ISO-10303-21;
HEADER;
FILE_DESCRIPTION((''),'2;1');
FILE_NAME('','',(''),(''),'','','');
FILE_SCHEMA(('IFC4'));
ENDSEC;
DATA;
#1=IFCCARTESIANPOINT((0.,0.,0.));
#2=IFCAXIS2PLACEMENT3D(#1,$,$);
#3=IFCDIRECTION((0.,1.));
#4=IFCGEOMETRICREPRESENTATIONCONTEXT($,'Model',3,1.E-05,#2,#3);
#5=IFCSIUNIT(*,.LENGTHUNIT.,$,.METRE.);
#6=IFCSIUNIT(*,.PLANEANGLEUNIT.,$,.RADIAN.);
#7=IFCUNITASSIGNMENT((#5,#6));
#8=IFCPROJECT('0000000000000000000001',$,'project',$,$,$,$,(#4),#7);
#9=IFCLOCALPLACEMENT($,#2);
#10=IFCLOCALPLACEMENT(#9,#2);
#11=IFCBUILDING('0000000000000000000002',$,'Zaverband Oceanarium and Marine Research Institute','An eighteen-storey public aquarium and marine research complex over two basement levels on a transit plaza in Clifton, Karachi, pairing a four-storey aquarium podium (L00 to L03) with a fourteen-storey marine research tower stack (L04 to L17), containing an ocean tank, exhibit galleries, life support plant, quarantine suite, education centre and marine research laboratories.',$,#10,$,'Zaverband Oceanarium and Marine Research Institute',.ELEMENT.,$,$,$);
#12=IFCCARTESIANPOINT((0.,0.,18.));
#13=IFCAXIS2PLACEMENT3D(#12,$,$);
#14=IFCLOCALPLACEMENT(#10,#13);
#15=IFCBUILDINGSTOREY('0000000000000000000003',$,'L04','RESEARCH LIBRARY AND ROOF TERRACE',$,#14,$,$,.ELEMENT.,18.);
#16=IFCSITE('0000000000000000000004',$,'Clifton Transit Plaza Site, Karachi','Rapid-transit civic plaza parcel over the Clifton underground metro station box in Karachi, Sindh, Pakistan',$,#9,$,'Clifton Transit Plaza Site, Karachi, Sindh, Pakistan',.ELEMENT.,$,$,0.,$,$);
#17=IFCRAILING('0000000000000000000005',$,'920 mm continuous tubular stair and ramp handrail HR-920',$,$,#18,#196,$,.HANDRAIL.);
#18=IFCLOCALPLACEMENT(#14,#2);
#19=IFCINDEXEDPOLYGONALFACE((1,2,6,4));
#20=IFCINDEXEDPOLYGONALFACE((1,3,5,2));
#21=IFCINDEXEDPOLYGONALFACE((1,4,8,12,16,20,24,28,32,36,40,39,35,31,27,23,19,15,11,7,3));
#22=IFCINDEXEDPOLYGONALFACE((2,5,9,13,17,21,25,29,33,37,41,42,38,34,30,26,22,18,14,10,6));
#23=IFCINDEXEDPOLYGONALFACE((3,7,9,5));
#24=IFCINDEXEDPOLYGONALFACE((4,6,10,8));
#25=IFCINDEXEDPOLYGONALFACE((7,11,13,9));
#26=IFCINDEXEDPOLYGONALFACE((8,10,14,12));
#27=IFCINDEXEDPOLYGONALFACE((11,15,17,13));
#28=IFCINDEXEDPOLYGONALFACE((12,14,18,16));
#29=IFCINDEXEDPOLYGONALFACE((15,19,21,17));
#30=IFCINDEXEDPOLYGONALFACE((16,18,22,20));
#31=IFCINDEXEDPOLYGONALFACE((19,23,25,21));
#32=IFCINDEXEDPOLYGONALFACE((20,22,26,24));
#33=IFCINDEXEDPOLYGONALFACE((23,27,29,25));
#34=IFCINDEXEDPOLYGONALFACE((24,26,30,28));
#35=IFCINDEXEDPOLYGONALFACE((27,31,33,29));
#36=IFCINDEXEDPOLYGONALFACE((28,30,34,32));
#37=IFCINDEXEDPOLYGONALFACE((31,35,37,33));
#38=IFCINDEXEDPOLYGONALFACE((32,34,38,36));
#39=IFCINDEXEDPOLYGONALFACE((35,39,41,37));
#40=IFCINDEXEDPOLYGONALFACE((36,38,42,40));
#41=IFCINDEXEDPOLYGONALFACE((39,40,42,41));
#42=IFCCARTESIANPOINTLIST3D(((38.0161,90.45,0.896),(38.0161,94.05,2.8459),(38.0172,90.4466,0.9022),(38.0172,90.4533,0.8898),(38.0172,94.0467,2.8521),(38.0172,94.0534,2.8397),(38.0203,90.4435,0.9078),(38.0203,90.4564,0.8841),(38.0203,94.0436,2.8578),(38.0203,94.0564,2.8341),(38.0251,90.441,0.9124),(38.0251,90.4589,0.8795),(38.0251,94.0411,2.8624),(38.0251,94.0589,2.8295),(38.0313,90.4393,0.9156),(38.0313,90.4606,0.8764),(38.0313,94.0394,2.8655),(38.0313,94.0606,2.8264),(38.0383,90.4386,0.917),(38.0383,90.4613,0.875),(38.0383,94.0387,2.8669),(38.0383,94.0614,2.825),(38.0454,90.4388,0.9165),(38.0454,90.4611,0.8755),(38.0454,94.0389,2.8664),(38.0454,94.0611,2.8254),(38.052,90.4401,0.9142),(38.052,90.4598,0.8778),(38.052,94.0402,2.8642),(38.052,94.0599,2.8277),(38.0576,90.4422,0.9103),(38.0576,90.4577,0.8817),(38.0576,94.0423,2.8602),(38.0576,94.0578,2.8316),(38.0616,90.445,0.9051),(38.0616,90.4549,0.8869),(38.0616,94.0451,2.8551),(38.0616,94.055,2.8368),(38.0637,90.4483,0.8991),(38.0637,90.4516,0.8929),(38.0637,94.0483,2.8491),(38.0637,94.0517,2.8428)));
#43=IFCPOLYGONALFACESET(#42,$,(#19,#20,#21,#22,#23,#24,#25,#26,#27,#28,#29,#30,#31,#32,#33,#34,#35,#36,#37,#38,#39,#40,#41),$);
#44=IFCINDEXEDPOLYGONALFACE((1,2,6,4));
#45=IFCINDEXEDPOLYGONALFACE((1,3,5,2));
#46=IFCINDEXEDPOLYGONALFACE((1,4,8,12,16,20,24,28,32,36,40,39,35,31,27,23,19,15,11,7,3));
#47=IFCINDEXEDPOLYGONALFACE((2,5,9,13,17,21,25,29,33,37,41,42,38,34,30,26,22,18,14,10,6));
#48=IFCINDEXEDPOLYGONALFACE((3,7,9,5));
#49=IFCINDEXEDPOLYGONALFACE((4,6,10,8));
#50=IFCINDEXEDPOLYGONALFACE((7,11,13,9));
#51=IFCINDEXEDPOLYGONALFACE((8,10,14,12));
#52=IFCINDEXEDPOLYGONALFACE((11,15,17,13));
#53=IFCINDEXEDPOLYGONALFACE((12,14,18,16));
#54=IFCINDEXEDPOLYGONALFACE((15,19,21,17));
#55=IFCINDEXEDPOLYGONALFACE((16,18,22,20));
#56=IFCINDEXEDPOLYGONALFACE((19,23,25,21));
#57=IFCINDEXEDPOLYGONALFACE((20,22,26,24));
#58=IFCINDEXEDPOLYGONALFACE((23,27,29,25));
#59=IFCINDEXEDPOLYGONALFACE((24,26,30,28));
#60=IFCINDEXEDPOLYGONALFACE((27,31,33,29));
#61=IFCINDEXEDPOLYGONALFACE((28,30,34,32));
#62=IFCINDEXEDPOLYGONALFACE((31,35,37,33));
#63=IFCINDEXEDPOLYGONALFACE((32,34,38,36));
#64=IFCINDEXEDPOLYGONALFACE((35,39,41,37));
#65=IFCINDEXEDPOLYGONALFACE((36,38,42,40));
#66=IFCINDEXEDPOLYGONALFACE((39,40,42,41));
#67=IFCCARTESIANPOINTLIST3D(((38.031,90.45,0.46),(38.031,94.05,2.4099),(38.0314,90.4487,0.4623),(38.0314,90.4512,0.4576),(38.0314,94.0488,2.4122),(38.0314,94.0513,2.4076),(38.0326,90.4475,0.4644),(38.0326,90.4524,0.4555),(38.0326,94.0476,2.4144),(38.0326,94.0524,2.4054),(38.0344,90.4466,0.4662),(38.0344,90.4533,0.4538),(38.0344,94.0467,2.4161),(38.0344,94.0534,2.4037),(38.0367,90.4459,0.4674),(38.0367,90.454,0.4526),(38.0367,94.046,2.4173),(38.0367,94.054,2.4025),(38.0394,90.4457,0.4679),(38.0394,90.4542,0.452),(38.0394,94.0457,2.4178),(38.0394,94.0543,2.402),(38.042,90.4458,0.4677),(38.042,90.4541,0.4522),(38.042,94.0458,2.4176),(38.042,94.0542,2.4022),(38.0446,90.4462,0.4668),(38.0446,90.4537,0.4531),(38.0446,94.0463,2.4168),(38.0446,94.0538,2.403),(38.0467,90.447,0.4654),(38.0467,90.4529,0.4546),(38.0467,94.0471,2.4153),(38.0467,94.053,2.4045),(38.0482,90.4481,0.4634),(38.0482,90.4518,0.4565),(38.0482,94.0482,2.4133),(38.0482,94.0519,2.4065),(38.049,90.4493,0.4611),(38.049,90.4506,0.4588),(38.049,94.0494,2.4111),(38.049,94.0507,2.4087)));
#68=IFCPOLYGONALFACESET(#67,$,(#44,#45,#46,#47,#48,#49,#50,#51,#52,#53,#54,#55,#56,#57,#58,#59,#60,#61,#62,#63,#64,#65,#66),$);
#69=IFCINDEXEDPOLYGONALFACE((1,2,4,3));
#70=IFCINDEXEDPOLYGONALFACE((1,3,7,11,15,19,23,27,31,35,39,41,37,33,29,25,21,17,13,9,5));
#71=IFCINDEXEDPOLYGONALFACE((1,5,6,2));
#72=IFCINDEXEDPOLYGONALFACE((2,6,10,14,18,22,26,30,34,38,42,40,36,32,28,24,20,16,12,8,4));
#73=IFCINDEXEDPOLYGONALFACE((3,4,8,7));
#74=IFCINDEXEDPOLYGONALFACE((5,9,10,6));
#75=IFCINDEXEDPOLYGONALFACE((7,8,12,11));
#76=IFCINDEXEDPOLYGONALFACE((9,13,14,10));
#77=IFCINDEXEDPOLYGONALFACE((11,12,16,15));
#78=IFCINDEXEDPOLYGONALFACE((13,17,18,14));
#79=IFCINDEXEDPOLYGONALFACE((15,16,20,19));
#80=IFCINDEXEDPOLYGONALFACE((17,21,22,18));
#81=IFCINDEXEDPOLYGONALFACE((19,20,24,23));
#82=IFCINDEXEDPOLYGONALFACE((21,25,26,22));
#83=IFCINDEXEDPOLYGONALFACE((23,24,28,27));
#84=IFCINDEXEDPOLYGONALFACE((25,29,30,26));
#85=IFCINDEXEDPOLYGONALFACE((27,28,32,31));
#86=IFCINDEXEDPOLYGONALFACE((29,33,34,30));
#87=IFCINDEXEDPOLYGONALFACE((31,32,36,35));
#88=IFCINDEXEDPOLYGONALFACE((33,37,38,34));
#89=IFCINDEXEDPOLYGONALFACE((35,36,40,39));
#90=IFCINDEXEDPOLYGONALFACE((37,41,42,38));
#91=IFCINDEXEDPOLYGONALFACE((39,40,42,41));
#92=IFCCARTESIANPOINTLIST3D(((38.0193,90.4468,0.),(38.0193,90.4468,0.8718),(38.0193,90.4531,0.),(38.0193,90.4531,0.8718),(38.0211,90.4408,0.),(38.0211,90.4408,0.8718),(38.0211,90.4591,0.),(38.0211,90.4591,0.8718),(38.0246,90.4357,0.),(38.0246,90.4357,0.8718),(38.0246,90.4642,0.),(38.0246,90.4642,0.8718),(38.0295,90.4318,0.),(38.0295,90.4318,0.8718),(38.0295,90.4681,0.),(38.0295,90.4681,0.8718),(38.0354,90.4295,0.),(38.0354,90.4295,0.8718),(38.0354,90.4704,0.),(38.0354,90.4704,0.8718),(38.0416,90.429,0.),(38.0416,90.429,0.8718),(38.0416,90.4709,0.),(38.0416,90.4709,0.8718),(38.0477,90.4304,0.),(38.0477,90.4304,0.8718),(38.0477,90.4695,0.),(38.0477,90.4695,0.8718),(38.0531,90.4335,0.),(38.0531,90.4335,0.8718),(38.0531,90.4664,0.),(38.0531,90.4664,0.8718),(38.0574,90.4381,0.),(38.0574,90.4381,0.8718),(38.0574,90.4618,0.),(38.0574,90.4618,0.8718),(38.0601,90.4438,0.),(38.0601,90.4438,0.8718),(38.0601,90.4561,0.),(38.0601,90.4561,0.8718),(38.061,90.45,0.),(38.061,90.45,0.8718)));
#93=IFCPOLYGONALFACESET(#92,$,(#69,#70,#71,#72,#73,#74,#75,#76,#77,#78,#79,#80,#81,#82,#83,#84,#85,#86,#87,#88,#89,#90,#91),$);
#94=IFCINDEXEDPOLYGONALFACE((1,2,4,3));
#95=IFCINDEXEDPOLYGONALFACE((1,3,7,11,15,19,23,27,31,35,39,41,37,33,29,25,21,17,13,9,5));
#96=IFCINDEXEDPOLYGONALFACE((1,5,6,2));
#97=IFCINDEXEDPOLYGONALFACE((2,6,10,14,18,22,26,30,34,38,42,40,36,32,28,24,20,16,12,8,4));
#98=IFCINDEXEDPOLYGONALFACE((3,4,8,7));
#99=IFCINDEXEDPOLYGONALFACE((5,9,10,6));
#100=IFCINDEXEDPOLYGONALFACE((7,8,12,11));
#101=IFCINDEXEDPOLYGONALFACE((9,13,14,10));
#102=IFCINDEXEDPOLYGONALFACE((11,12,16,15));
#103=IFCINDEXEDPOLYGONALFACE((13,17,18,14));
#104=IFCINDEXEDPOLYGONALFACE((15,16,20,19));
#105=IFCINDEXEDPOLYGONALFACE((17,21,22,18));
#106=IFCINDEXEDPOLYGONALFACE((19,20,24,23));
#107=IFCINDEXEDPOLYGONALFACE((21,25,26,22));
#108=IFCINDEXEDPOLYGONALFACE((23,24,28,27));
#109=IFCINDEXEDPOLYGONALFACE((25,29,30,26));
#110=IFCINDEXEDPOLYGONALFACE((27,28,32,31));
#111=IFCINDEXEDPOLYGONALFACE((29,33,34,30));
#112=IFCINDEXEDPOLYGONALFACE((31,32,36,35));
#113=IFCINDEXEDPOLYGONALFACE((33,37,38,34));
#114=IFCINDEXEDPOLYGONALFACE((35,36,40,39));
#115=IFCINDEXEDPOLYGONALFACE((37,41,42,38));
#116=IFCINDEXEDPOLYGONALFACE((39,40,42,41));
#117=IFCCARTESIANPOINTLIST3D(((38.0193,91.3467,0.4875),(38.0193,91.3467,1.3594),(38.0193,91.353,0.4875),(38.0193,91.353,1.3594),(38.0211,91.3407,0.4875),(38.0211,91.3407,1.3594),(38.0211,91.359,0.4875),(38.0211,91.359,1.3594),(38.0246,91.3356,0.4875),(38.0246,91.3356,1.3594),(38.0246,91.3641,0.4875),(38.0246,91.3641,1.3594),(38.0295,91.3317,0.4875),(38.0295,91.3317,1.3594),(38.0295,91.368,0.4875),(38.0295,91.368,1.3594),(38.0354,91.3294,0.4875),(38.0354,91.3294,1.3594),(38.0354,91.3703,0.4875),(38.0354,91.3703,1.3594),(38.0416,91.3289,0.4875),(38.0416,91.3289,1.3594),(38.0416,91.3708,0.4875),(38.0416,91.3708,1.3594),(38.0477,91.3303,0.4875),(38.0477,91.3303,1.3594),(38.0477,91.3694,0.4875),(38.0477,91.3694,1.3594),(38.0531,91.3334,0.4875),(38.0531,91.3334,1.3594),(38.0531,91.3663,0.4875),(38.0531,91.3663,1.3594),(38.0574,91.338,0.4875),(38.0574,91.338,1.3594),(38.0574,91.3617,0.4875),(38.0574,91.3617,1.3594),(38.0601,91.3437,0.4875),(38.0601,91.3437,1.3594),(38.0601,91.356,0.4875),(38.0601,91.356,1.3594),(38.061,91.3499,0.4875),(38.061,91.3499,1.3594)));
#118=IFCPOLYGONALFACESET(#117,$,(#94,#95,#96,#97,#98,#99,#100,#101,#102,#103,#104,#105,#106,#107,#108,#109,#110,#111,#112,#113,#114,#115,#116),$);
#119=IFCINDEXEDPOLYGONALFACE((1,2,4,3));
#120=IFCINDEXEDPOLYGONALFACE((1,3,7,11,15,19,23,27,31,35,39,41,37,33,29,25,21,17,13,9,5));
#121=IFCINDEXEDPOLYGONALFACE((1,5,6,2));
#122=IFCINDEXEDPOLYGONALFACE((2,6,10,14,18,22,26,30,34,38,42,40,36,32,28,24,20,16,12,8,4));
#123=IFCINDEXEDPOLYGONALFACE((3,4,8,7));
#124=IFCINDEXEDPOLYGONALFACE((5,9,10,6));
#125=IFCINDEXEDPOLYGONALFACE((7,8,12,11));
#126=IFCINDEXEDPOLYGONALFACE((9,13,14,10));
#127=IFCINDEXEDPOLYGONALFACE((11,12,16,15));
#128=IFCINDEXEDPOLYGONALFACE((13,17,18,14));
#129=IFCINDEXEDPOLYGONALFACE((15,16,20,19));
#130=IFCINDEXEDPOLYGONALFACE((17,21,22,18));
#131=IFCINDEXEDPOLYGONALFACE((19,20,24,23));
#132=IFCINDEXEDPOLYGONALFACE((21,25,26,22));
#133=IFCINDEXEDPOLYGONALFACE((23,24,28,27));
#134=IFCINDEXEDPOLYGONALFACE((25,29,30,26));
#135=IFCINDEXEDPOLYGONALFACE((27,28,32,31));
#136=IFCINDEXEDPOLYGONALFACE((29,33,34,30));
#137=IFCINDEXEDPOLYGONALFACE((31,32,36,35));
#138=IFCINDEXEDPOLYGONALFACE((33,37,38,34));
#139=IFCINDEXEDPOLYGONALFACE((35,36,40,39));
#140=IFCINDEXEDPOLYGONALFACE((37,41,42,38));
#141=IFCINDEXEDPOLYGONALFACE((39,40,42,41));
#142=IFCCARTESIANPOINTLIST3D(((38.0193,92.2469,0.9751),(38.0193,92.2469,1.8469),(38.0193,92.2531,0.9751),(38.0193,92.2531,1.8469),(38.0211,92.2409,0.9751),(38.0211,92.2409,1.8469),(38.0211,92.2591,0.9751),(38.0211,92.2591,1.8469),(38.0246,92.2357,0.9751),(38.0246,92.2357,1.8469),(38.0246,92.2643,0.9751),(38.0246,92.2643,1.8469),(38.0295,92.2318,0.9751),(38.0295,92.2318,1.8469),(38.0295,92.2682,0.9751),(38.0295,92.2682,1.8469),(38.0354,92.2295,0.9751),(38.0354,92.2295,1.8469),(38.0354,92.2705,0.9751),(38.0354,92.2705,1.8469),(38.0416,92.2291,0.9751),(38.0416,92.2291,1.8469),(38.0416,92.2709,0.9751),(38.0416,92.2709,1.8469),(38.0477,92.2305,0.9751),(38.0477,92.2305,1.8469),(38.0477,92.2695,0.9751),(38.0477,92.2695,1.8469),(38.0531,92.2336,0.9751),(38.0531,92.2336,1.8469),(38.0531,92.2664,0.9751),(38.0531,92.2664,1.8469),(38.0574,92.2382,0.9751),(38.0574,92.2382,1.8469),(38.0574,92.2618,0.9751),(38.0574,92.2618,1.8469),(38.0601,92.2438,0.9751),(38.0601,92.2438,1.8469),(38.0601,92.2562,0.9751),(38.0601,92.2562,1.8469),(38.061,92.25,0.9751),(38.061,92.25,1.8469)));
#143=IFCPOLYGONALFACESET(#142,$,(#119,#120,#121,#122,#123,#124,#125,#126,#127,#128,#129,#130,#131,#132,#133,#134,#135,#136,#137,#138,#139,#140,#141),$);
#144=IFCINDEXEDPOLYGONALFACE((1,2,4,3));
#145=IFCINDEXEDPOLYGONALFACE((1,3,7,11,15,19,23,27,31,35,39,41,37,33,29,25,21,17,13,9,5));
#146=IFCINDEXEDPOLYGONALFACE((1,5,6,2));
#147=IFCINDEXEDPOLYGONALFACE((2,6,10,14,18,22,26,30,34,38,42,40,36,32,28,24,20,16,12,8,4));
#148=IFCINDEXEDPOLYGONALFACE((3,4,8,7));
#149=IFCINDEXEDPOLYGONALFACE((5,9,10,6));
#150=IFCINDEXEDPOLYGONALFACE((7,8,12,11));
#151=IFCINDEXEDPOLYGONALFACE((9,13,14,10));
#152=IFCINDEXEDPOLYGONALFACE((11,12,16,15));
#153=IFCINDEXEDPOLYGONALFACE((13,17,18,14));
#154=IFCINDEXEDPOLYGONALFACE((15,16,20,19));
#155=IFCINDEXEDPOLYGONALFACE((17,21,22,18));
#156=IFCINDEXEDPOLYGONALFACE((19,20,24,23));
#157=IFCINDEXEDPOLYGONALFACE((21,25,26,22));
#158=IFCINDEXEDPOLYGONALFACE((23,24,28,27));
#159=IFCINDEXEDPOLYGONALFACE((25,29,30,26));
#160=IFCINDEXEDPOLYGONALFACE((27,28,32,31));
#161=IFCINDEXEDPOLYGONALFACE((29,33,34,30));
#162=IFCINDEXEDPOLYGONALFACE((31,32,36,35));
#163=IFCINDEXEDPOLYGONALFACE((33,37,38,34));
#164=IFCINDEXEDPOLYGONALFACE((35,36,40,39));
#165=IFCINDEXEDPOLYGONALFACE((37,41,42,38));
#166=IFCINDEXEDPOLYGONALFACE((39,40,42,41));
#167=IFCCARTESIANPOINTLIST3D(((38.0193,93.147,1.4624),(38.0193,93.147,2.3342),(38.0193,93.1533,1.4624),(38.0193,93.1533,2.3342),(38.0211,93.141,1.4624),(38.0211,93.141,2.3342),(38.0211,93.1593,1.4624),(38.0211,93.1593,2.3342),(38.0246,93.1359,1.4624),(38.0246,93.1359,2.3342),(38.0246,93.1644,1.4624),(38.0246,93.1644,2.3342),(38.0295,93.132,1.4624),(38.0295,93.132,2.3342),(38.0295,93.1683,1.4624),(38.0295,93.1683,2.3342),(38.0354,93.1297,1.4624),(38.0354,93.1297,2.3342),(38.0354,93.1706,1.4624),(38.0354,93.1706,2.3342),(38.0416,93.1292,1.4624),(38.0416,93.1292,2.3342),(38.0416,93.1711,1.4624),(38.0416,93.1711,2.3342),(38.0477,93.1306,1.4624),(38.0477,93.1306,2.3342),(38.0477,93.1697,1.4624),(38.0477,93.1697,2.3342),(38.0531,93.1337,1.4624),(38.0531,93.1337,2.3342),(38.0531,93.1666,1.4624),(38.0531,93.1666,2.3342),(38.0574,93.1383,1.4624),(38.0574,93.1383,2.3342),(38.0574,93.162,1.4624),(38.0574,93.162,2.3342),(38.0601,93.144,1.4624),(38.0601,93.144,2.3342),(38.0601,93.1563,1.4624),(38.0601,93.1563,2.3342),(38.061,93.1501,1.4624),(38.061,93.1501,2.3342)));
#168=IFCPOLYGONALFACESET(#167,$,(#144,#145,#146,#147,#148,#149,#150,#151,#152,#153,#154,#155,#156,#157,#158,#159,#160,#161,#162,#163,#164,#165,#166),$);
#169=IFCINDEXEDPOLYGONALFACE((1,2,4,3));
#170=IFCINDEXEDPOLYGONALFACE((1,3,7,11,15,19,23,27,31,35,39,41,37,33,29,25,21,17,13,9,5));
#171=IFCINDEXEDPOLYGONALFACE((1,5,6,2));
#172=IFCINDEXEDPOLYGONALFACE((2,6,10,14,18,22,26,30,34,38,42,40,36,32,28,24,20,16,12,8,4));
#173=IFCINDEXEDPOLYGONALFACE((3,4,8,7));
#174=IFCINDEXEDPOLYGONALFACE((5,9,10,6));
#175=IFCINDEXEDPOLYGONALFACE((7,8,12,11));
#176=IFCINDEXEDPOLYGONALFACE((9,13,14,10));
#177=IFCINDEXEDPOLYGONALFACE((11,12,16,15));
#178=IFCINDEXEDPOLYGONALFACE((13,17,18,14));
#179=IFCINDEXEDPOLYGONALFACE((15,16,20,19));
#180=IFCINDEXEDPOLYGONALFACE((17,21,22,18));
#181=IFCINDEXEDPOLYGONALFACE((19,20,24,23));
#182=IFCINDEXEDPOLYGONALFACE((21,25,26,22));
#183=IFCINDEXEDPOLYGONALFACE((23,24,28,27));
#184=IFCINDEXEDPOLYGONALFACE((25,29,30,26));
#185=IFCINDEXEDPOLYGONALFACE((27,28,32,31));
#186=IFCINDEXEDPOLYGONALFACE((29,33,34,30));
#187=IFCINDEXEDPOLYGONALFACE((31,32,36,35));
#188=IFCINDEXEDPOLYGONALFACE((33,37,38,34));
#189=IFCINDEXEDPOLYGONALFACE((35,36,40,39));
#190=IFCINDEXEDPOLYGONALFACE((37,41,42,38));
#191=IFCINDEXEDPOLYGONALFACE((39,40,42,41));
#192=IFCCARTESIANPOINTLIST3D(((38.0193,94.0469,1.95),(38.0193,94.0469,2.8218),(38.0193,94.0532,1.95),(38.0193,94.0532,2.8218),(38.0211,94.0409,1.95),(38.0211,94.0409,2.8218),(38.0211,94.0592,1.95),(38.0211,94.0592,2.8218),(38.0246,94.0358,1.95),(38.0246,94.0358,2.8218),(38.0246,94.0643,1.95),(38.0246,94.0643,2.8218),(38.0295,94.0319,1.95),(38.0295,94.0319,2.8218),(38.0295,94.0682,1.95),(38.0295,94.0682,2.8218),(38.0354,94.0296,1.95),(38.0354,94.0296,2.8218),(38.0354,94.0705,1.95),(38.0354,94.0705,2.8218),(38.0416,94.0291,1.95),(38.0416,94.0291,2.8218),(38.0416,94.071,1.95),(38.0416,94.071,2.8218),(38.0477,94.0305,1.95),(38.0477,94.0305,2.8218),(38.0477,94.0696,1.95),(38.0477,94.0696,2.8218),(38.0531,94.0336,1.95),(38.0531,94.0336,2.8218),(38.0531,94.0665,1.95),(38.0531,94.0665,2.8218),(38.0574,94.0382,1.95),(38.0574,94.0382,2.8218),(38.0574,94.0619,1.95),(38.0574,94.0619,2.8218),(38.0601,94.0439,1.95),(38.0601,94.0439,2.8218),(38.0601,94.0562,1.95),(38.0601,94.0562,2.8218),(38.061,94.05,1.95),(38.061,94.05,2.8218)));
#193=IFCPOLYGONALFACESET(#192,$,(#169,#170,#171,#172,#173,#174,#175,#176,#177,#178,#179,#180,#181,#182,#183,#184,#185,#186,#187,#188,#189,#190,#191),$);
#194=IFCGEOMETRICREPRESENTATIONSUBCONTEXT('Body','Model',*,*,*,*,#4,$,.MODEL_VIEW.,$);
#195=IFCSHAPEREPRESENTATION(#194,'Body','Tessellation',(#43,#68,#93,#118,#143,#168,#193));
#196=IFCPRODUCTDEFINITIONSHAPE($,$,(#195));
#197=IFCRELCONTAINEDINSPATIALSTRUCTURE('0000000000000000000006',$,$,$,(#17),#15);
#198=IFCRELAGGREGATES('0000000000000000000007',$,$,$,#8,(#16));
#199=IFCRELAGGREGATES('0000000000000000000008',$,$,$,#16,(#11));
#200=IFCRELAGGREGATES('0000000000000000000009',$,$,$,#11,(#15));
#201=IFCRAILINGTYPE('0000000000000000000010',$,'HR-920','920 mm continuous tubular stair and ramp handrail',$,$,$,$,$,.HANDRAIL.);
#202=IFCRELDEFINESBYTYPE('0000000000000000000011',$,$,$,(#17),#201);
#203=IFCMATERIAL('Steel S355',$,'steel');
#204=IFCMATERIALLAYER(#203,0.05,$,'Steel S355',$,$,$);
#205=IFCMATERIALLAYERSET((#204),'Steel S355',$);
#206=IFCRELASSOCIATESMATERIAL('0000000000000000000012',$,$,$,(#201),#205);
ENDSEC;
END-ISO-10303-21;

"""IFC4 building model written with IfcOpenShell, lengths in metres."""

from ifc_helpers import new_model, si_unit, direction, frame, origin, origin_2d, place, context, subcontext, project, spatial, circle, extrude, material, layer, layer_set, type_object, element, save


model = new_model("IFC4")

# Units and contexts
model_context = context("Model", 3, precision=1e-05, world=origin(), true_north=direction((0.0, 1.0)))
body_context = subcontext(model_context, "Body", "Model", "MODEL_VIEW")
ifc_project = project(units=[si_unit("LENGTHUNIT", "METRE"), si_unit("PLANEANGLEUNIT", "RADIAN")], contexts=[model_context])

# Site, building, storey
site_placement = place(None, origin())
site = spatial("IfcSite", under=ifc_project, at=site_placement, Name="Clifton Transit Plaza Site, Karachi", Description="Rapid-transit civic plaza parcel over the Clifton underground metro station box in Karachi, Sindh, Pakistan", LongName="Clifton Transit Plaza Site, Karachi, Sindh, Pakistan", CompositionType="ELEMENT", RefElevation=0.0)
building_placement = place(site_placement, origin())
building = spatial("IfcBuilding", under=site, at=building_placement, Name="Zaverband Oceanarium and Marine Research Institute", Description="An eighteen-storey public aquarium and marine research complex over two basement levels on a transit plaza in Clifton, Karachi, pairing a four-storey aquarium podium (L00 to L03) with a fourteen-storey marine research tower stack (L04 to L17), containing an ocean tank, exhibit galleries, life support plant, quarantine suite, education centre and marine research laboratories.", LongName="Zaverband Oceanarium and Marine Research Institute", CompositionType="ELEMENT")
storey_placement = place(building_placement, frame((0.0, 0.0, 18.0)))
storey = spatial("IfcBuildingStorey", under=building, at=storey_placement, Name="L04", Description="RESEARCH LIBRARY AND ROOF TERRACE", CompositionType="ELEMENT", Elevation=18.0)

# Shared definitions
ifc_material_1 = material(Name="Steel S355", Category="steel")

# Railing
ifc_layer_1 = layer(ifc_material_1, 0.05, Name="Steel S355")
ifc_layer_set_1 = layer_set([ifc_layer_1], Name="Steel S355")
railing_type_1 = type_object("IfcRailingType", Name="HR-920", Description="920 mm continuous tubular stair and ramp handrail", PredefinedType="HANDRAIL", material=ifc_layer_set_1)
railing_placement = place(storey_placement, frame((38.04, 90.45, 0.0)))
element("IfcRailing", 1, at=railing_placement, inside=storey, type_object=railing_type_1, Name="920 mm continuous tubular stair and ramp handrail HR-920", PredefinedType="HANDRAIL", context=body_context, shape_type="SweptSolid", body=[
    extrude(circle(Radius=0.0239, at=origin_2d()), frame((0.0, 0.0, 0.896), z_axis=(0.0, 0.879302, 0.476264), x_axis=(-1.0, 0.0, 0.0)), (0.0, 0.0, 1.0), 4.0942),
    extrude(circle(Radius=0.009, at=origin_2d()), frame((0.0, 0.0, 0.46), z_axis=(0.0, 0.879302, 0.476264), x_axis=(-1.0, 0.0, 0.0)), (0.0, 0.0, 1.0), 4.0942),
    extrude(circle(Radius=0.021, at=origin_2d()), origin(), (0.0, 0.0, 1.0), 0.8718),
    extrude(circle(Radius=0.021, at=origin_2d()), frame((0.0, 0.8999, 0.4875)), (0.0, 0.0, 1.0), 0.8718),
    extrude(circle(Radius=0.021, at=origin_2d()), frame((0.0, 1.8, 0.9751)), (0.0, 0.0, 1.0), 0.8718),
    extrude(circle(Radius=0.021, at=origin_2d()), frame((0.0, 2.7002, 1.4624)), (0.0, 0.0, 1.0), 0.8718),
    extrude(circle(Radius=0.021, at=origin_2d()), frame((0.0, 3.6001, 1.95)), (0.0, 0.0, 1.0), 0.8718),
])

save(model, "model.ifc")
